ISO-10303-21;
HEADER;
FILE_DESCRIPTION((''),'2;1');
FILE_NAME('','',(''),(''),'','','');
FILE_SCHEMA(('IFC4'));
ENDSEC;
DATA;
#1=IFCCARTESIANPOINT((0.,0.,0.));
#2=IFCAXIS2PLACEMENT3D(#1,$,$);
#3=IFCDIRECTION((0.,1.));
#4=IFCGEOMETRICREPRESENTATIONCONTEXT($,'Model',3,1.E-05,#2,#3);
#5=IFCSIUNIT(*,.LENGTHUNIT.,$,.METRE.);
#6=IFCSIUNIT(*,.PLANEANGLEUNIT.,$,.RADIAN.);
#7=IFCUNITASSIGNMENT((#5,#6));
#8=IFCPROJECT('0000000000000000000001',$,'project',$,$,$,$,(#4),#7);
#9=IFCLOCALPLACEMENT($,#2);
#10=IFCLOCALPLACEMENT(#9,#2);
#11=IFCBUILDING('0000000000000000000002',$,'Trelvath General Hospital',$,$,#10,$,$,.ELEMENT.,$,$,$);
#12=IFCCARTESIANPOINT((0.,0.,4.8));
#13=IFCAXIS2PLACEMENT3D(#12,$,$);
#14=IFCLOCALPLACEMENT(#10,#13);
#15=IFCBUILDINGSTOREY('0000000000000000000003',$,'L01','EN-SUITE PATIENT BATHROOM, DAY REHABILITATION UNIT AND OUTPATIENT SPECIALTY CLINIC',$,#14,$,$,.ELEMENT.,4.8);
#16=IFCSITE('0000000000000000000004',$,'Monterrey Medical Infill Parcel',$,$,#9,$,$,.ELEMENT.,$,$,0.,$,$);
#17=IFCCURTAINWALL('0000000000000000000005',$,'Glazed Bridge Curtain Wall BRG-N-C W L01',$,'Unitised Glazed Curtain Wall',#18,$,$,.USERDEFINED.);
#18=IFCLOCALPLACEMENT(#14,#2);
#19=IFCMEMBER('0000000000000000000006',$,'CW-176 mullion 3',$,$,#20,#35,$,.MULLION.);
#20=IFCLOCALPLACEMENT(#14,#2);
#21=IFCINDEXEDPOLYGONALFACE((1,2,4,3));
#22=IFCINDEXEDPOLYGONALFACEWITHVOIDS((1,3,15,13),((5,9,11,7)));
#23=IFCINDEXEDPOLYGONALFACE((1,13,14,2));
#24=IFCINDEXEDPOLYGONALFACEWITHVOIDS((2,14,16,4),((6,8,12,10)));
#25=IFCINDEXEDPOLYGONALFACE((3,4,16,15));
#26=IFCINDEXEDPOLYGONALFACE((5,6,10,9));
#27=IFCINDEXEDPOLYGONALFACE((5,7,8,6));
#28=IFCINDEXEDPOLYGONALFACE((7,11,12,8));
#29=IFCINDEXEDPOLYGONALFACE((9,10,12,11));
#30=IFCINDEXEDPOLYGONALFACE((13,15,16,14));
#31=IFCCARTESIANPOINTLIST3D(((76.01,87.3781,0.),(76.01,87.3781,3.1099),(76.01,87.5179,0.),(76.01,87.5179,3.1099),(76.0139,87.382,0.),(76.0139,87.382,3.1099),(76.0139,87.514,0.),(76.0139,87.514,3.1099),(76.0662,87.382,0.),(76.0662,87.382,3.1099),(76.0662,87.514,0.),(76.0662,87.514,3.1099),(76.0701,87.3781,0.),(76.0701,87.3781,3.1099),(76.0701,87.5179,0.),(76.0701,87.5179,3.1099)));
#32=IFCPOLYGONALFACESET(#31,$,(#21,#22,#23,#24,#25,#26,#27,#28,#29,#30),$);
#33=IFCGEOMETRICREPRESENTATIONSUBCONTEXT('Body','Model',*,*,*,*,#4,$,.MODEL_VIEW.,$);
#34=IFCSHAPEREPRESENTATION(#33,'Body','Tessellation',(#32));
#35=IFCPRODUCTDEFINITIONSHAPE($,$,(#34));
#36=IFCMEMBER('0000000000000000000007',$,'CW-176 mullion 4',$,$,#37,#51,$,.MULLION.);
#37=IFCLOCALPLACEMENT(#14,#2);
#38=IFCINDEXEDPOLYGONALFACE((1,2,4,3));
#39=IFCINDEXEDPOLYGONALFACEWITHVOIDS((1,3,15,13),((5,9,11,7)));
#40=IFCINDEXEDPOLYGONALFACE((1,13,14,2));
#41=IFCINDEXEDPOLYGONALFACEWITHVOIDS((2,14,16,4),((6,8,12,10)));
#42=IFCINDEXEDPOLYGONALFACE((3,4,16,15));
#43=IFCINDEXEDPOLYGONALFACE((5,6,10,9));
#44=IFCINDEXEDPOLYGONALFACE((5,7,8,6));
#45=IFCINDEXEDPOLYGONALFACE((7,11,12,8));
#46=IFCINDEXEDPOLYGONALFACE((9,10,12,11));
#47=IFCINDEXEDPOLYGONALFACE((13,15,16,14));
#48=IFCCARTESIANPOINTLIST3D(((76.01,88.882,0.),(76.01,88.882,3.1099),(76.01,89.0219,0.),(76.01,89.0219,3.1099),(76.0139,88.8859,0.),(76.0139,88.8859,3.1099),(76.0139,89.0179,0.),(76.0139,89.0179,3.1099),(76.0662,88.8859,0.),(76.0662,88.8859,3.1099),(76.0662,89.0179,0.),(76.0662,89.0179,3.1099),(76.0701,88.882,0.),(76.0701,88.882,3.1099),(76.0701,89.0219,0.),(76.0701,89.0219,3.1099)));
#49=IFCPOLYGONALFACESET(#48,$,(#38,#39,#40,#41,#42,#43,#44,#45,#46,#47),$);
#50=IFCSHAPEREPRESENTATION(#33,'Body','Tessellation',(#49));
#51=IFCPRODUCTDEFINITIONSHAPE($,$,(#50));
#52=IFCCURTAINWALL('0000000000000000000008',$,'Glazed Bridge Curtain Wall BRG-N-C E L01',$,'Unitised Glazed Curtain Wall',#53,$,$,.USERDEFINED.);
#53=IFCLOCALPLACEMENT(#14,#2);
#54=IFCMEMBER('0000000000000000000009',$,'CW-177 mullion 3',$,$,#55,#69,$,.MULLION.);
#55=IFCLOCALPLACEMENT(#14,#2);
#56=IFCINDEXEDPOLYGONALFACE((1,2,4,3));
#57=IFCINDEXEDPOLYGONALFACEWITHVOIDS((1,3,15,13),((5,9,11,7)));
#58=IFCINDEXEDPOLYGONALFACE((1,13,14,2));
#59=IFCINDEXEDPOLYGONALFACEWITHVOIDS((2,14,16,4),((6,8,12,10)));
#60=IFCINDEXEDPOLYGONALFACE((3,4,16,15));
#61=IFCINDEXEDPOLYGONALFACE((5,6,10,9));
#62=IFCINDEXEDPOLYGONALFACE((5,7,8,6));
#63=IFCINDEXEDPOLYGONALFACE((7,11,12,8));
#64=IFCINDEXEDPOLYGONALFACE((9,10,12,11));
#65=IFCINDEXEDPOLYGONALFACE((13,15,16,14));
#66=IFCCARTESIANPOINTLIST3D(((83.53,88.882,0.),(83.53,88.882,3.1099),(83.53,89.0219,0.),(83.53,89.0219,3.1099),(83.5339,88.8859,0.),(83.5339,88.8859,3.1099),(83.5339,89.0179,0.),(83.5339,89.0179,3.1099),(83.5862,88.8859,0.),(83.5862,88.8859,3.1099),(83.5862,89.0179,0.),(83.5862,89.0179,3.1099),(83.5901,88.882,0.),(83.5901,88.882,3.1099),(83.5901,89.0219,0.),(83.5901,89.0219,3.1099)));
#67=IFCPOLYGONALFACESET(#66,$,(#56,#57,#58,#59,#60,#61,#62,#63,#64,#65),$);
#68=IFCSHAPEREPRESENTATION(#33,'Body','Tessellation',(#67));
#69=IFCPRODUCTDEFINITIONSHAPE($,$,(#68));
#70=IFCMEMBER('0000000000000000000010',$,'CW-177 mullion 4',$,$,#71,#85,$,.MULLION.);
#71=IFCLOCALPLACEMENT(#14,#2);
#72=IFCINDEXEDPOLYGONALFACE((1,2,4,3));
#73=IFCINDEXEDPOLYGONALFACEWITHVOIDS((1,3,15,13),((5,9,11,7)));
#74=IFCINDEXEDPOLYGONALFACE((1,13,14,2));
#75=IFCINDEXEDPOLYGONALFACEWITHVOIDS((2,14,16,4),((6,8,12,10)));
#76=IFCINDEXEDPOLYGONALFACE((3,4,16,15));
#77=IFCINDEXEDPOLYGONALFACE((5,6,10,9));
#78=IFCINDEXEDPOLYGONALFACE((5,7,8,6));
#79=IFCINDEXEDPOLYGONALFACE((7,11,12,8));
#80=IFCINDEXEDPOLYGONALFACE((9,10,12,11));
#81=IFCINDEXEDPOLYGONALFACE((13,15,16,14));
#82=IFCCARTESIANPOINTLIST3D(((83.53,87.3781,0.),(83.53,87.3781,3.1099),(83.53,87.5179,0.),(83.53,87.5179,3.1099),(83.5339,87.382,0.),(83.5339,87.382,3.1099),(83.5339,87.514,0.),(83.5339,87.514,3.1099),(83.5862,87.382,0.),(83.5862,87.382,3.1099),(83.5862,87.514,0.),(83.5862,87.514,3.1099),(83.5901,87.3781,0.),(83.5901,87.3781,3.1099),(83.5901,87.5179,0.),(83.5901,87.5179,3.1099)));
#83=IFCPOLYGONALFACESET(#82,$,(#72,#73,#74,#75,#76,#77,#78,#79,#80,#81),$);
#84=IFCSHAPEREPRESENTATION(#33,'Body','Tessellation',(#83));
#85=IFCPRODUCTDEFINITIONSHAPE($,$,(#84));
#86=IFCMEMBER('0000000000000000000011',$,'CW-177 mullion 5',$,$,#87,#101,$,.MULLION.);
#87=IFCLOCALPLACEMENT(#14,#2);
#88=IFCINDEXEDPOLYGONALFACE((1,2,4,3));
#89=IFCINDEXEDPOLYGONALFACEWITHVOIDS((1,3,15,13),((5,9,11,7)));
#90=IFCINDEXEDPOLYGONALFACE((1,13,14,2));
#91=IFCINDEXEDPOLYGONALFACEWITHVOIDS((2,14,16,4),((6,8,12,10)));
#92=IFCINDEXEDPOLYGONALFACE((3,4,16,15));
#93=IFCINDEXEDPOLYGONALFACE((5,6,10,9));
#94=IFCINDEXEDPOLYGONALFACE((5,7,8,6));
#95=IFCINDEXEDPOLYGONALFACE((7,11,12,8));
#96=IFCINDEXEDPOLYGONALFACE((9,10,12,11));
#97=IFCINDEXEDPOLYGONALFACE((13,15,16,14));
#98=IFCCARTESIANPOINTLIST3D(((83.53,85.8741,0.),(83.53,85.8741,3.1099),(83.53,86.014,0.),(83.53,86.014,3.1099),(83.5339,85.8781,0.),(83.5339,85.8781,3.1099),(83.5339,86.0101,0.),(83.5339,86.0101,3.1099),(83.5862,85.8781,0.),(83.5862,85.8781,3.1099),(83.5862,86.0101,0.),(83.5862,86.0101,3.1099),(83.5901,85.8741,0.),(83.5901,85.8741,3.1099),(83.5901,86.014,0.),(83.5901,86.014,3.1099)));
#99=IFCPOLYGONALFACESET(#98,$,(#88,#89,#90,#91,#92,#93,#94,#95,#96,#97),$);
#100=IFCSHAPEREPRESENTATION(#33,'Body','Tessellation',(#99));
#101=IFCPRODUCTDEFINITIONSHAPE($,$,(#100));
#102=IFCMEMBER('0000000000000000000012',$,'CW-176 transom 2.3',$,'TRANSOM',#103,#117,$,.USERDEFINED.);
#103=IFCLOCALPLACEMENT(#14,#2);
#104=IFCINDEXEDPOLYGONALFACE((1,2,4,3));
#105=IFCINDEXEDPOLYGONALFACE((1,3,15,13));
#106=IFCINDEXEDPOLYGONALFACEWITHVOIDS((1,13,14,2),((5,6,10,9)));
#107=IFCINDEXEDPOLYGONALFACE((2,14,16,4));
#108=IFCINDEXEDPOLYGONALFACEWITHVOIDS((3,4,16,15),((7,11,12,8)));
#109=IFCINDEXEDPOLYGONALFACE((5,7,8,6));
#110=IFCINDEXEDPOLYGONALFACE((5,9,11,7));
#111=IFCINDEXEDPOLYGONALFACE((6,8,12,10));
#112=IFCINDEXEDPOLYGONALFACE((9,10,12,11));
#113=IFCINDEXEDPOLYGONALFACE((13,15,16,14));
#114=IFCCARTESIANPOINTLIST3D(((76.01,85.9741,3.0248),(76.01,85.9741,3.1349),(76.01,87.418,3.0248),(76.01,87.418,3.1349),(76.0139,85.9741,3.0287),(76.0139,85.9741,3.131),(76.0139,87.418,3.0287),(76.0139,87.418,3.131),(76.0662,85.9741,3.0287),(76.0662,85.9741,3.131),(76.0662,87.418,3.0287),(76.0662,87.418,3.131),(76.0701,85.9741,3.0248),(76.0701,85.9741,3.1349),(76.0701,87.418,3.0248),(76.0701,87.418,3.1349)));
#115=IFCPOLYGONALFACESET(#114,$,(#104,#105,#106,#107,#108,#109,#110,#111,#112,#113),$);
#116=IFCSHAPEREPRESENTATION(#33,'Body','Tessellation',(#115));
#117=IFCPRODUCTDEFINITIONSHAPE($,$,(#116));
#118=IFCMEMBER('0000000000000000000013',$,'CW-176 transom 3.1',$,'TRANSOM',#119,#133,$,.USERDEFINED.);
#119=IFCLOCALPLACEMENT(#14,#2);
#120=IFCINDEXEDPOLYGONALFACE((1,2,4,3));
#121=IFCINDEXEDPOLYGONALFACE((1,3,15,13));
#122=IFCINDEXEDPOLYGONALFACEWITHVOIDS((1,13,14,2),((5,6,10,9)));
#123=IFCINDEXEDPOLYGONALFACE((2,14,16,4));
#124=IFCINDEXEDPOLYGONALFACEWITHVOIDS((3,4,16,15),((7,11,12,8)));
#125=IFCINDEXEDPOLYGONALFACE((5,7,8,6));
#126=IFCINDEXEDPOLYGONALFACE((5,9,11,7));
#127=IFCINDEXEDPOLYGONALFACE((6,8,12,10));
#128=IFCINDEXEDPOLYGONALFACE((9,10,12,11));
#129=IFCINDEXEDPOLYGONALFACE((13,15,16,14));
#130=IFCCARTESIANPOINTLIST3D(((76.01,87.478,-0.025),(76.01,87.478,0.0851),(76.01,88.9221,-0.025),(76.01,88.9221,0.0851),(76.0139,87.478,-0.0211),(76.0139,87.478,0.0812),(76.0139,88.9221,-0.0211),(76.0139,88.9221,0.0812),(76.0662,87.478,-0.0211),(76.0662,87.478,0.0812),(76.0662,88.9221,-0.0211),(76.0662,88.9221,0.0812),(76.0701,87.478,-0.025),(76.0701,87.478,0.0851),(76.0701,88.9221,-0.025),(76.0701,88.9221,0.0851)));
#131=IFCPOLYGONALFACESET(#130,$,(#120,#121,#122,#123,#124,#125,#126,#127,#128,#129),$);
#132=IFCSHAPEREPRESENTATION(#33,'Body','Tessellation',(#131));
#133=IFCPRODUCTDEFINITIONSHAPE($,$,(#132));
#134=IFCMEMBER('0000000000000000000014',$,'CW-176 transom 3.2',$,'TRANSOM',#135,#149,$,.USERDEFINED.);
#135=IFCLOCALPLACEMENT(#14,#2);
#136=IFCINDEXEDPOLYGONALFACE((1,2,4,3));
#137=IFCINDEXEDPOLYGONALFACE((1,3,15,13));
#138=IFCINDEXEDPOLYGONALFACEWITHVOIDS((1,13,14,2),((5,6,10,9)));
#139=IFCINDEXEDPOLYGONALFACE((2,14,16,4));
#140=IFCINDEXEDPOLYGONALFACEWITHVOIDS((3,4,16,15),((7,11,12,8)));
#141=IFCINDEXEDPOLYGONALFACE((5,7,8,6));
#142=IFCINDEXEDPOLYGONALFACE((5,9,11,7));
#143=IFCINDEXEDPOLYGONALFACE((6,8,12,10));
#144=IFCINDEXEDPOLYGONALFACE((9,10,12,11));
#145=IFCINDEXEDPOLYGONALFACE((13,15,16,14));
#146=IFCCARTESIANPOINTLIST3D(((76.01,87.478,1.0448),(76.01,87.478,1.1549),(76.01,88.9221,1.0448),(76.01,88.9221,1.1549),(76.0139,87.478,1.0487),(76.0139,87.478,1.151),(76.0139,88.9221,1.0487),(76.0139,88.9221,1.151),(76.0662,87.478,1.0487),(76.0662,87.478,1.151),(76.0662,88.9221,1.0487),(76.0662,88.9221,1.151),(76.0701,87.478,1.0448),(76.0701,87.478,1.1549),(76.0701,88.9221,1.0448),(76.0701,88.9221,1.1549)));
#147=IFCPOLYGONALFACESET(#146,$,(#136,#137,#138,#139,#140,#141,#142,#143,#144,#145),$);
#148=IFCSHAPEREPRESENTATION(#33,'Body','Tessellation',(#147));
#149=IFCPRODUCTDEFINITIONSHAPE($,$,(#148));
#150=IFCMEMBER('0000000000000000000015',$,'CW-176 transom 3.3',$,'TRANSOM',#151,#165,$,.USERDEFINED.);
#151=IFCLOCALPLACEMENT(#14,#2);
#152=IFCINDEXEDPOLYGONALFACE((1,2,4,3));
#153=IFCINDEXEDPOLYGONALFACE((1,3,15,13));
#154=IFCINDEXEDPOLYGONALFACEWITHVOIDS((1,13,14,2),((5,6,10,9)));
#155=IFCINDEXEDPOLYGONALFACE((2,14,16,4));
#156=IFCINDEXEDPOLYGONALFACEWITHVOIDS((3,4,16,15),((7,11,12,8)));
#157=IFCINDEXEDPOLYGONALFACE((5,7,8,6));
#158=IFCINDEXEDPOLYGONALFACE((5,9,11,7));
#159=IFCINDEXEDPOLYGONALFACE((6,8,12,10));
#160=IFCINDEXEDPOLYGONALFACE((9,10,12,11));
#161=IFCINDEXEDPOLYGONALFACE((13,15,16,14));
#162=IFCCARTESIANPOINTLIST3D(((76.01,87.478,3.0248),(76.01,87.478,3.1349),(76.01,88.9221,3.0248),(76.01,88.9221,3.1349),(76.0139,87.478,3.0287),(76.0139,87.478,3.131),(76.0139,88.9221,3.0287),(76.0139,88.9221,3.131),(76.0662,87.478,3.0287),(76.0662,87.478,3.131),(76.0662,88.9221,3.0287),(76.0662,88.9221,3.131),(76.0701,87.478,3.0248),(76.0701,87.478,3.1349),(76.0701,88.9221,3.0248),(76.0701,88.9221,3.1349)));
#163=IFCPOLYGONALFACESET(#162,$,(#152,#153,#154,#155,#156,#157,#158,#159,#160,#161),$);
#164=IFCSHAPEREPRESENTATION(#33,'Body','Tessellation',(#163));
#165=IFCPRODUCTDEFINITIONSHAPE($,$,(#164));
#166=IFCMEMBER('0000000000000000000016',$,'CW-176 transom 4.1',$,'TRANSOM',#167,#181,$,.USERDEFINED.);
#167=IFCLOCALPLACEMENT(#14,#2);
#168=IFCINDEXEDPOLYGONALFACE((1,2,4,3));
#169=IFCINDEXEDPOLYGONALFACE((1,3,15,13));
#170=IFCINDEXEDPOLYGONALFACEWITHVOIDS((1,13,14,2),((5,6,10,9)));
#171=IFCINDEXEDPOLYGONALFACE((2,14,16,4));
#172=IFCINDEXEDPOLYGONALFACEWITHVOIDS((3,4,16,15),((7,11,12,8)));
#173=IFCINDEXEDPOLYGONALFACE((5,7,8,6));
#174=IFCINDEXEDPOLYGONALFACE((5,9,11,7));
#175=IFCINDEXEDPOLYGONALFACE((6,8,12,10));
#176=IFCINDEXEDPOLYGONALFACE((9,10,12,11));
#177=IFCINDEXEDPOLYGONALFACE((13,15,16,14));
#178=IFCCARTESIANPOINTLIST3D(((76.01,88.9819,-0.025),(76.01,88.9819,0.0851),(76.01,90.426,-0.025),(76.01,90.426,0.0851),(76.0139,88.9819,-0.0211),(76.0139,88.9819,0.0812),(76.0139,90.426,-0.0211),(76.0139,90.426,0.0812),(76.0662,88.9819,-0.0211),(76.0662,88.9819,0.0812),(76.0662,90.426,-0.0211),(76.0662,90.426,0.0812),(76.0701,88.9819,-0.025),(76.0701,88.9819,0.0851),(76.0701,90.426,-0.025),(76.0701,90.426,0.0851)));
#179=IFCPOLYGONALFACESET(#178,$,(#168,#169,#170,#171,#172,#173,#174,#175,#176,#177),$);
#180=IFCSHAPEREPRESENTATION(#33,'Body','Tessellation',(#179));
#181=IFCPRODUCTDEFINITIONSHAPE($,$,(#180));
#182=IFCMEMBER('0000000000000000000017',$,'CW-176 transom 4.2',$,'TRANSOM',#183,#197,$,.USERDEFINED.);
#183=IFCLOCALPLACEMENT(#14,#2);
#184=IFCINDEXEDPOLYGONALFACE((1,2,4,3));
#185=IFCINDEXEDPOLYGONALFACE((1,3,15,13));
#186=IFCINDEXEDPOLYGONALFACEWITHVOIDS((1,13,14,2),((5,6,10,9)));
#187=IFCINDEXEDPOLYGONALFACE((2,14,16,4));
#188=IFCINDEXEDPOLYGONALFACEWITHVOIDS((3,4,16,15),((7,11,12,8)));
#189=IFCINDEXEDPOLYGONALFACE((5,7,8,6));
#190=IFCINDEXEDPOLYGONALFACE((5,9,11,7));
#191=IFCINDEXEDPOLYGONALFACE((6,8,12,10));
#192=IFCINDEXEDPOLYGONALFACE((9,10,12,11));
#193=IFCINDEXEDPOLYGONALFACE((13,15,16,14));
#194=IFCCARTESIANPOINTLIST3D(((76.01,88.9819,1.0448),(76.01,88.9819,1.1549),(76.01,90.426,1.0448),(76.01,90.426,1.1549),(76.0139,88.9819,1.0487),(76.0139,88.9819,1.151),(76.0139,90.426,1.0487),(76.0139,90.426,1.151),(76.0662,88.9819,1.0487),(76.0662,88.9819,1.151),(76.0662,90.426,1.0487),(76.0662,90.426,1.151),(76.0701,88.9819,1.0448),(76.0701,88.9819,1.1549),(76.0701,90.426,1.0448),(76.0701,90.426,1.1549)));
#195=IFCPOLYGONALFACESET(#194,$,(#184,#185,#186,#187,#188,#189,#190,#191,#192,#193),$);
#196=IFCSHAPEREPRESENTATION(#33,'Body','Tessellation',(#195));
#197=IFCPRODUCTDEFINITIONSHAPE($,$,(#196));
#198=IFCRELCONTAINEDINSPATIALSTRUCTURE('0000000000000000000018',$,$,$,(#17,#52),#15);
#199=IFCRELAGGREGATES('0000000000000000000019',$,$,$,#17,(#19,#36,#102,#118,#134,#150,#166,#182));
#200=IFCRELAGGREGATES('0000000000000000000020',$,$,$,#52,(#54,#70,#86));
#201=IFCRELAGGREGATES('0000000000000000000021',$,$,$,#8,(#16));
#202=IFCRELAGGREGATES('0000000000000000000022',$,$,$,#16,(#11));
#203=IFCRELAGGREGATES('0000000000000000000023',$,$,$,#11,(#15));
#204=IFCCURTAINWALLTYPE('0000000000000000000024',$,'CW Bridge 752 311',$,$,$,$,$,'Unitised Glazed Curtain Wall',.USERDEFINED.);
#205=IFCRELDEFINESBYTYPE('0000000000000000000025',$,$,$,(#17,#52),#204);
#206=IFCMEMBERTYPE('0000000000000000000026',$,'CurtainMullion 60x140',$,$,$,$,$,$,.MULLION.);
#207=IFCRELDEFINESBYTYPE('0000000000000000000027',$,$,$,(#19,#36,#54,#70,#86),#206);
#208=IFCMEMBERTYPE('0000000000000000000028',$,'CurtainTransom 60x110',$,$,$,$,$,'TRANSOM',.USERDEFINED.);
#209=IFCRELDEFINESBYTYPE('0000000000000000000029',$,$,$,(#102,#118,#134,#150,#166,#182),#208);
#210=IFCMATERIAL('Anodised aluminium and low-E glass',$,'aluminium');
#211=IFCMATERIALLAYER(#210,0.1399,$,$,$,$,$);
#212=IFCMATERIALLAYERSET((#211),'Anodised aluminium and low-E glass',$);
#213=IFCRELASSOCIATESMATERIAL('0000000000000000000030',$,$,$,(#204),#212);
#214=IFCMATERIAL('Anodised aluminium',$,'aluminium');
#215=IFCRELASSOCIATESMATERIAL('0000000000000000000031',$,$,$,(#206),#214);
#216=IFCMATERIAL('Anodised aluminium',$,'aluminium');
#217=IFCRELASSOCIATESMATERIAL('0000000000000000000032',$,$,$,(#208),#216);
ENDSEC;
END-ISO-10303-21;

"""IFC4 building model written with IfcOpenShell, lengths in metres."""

from ifc_helpers import new_model, si_unit, direction, frame, origin, origin_2d, place, context, subcontext, project, spatial, hollow_rectangle, extrude, material, layer, layer_set, material_profile, profile_set, type_object, element, aggregate, save


model = new_model("IFC4")

# Units and contexts
model_context = context("Model", 3, precision=1e-05, world=origin(), true_north=direction((0.0, 1.0)))
body_context = subcontext(model_context, "Body", "Model", "MODEL_VIEW")
ifc_project = project(units=[si_unit("LENGTHUNIT", "METRE"), si_unit("PLANEANGLEUNIT", "RADIAN")], contexts=[model_context])

# Site, building, storey
site_placement = place(None, origin())
site = spatial("IfcSite", under=ifc_project, at=site_placement, Name="Monterrey Medical Infill Parcel", CompositionType="ELEMENT", RefElevation=0.0)
building_placement = place(site_placement, origin())
building = spatial("IfcBuilding", under=site, at=building_placement, Name="Trelvath General Hospital", CompositionType="ELEMENT")
storey_placement = place(building_placement, frame((0.0, 0.0, 4.8)))
storey = spatial("IfcBuildingStorey", under=building, at=storey_placement, Name="L01", Description="EN-SUITE PATIENT BATHROOM, DAY REHABILITATION UNIT AND OUTPATIENT SPECIALTY CLINIC", CompositionType="ELEMENT", Elevation=4.8)

# Curtain walls, members
ifc_material_1 = material(Name="Anodised aluminium and low-E glass", Category="aluminium")
ifc_layer_1 = layer(ifc_material_1, 0.1399)
ifc_layer_set_1 = layer_set([ifc_layer_1], Name="Anodised aluminium and low-E glass")
curtain_wall_type = type_object("IfcCurtainWallType", Name="CW Bridge 752 311", ElementType="Unitised Glazed Curtain Wall", PredefinedType="USERDEFINED", material=ifc_layer_set_1)
curtain_wall_1_placement = place(storey_placement, origin())
curtain_wall_1 = element("IfcCurtainWall", 1, at=curtain_wall_1_placement, inside=storey, type_object=curtain_wall_type, Name="Glazed Bridge Curtain Wall BRG-N-C W L01", ObjectType="Unitised Glazed Curtain Wall", PredefinedType="USERDEFINED")
ifc_material_2 = material(Name="Anodised aluminium", Category="aluminium")
ifc_material_profile_1 = material_profile(ifc_material_2, hollow_rectangle(XDim=0.0601, YDim=0.1399, WallThickness=0.0039, at=origin_2d()), Name="RHS60x140x4")
ifc_profile_set_1 = profile_set([ifc_material_profile_1], Name="Anodised aluminium")
member_type_1 = type_object("IfcMemberType", Name="CurtainMullion 60x140", PredefinedType="MULLION", material=ifc_profile_set_1)
member_1_placement = place(storey_placement, frame((76.04, 87.448, 0.0), z_axis=(0.0, 0.0, 1.0), x_axis=(-1.0, 0.0, 0.0)))
member_1 = element("IfcMember", 2, at=member_1_placement, type_object=member_type_1, Name="CW-176 mullion 3", PredefinedType="MULLION", context=body_context, shape_type="SweptSolid", body=[
    extrude(hollow_rectangle(XDim=0.0601, YDim=0.1399, WallThickness=0.0039, at=origin_2d()), origin(), (0.0, 0.0, 1.0), 3.1099),
])
member_2_placement = place(storey_placement, frame((76.04, 88.9519, 0.0), z_axis=(0.0, 0.0, 1.0), x_axis=(-1.0, 0.0, 0.0)))
member_2 = element("IfcMember", 3, at=member_2_placement, type_object=member_type_1, Name="CW-176 mullion 4", PredefinedType="MULLION", context=body_context, shape_type="SweptSolid", body=[
    extrude(hollow_rectangle(XDim=0.0601, YDim=0.1399, WallThickness=0.0039, at=origin_2d()), origin(), (0.0, 0.0, 1.0), 3.1099),
])
curtain_wall_2_placement = place(storey_placement, origin())
curtain_wall_2 = element("IfcCurtainWall", 4, at=curtain_wall_2_placement, inside=storey, type_object=curtain_wall_type, Name="Glazed Bridge Curtain Wall BRG-N-C E L01", ObjectType="Unitised Glazed Curtain Wall", PredefinedType="USERDEFINED")
member_3_placement = place(storey_placement, frame((83.5601, 88.9519, 0.0), z_axis=(0.0, 0.0, 1.0), x_axis=(1.0, 0.0, 0.0)))
member_3 = element("IfcMember", 5, at=member_3_placement, type_object=member_type_1, Name="CW-177 mullion 3", PredefinedType="MULLION", context=body_context, shape_type="SweptSolid", body=[
    extrude(hollow_rectangle(XDim=0.0601, YDim=0.1399, WallThickness=0.0039, at=origin_2d()), origin(), (0.0, 0.0, 1.0), 3.1099),
])
member_4_placement = place(storey_placement, frame((83.5601, 87.448, 0.0), z_axis=(0.0, 0.0, 1.0), x_axis=(1.0, 0.0, 0.0)))
member_4 = element("IfcMember", 6, at=member_4_placement, type_object=member_type_1, Name="CW-177 mullion 4", PredefinedType="MULLION", context=body_context, shape_type="SweptSolid", body=[
    extrude(hollow_rectangle(XDim=0.0601, YDim=0.1399, WallThickness=0.0039, at=origin_2d()), origin(), (0.0, 0.0, 1.0), 3.1099),
])
member_5_placement = place(storey_placement, frame((83.5601, 85.9441, 0.0), z_axis=(0.0, 0.0, 1.0), x_axis=(1.0, 0.0, 0.0)))
member_5 = element("IfcMember", 7, at=member_5_placement, type_object=member_type_1, Name="CW-177 mullion 5", PredefinedType="MULLION", context=body_context, shape_type="SweptSolid", body=[
    extrude(hollow_rectangle(XDim=0.0601, YDim=0.1399, WallThickness=0.0039, at=origin_2d()), origin(), (0.0, 0.0, 1.0), 3.1099),
])

# Members
ifc_material_3 = material(Name="Anodised aluminium", Category="aluminium")
ifc_material_profile_2 = material_profile(ifc_material_3, hollow_rectangle(XDim=0.0601, YDim=0.1101, WallThickness=0.0039, at=origin_2d()), Name="RHS60x110x4")
ifc_profile_set_2 = profile_set([ifc_material_profile_2], Name="Anodised aluminium")
member_type_2 = type_object("IfcMemberType", Name="CurtainTransom 60x110", ElementType="TRANSOM", PredefinedType="USERDEFINED", material=ifc_profile_set_2)
member_6_placement = place(storey_placement, frame((76.04, 85.9741, 3.0798), z_axis=(0.0, 1.0, 0.0), x_axis=(-1.0, 0.0, 0.0)))
member_6 = element("IfcMember", 8, at=member_6_placement, type_object=member_type_2, Name="CW-176 transom 2.3", ObjectType="TRANSOM", PredefinedType="USERDEFINED", context=body_context, shape_type="SweptSolid", body=[
    extrude(hollow_rectangle(XDim=0.0601, YDim=0.1101, WallThickness=0.0039, at=origin_2d()), origin(), (0.0, 0.0, 1.0), 1.4438),
])
member_7_placement = place(storey_placement, frame((76.04, 87.478, 0.03), z_axis=(0.0, 1.0, 0.0), x_axis=(-1.0, 0.0, 0.0)))
member_7 = element("IfcMember", 9, at=member_7_placement, type_object=member_type_2, Name="CW-176 transom 3.1", ObjectType="TRANSOM", PredefinedType="USERDEFINED", context=body_context, shape_type="SweptSolid", body=[
    extrude(hollow_rectangle(XDim=0.0601, YDim=0.1101, WallThickness=0.0039, at=origin_2d()), origin(), (0.0, 0.0, 1.0), 1.4441),
])
member_8_placement = place(storey_placement, frame((76.04, 87.478, 1.0999), z_axis=(0.0, 1.0, 0.0), x_axis=(-1.0, 0.0, 0.0)))
member_8 = element("IfcMember", 10, at=member_8_placement, type_object=member_type_2, Name="CW-176 transom 3.2", ObjectType="TRANSOM", PredefinedType="USERDEFINED", context=body_context, shape_type="SweptSolid", body=[
    extrude(hollow_rectangle(XDim=0.0601, YDim=0.1101, WallThickness=0.0039, at=origin_2d()), origin(), (0.0, 0.0, 1.0), 1.4441),
])
member_9_placement = place(storey_placement, frame((76.04, 87.478, 3.0798), z_axis=(0.0, 1.0, 0.0), x_axis=(-1.0, 0.0, 0.0)))
member_9 = element("IfcMember", 11, at=member_9_placement, type_object=member_type_2, Name="CW-176 transom 3.3", ObjectType="TRANSOM", PredefinedType="USERDEFINED", context=body_context, shape_type="SweptSolid", body=[
    extrude(hollow_rectangle(XDim=0.0601, YDim=0.1101, WallThickness=0.0039, at=origin_2d()), origin(), (0.0, 0.0, 1.0), 1.4441),
])
member_10_placement = place(storey_placement, frame((76.04, 88.9819, 0.03), z_axis=(0.0, 1.0, 0.0), x_axis=(-1.0, 0.0, 0.0)))
member_10 = element("IfcMember", 12, at=member_10_placement, type_object=member_type_2, Name="CW-176 transom 4.1", ObjectType="TRANSOM", PredefinedType="USERDEFINED", context=body_context, shape_type="SweptSolid", body=[
    extrude(hollow_rectangle(XDim=0.0601, YDim=0.1101, WallThickness=0.0039, at=origin_2d()), origin(), (0.0, 0.0, 1.0), 1.4441),
])
member_11_placement = place(storey_placement, frame((76.04, 88.9819, 1.0999), z_axis=(0.0, 1.0, 0.0), x_axis=(-1.0, 0.0, 0.0)))
member_11 = element("IfcMember", 13, at=member_11_placement, type_object=member_type_2, Name="CW-176 transom 4.2", ObjectType="TRANSOM", PredefinedType="USERDEFINED", context=body_context, shape_type="SweptSolid", body=[
    extrude(hollow_rectangle(XDim=0.0601, YDim=0.1101, WallThickness=0.0039, at=origin_2d()), origin(), (0.0, 0.0, 1.0), 1.4441),
])

aggregate(curtain_wall_1, [member_1, member_2, member_6, member_7, member_8, member_9, member_10, member_11])
aggregate(curtain_wall_2, [member_3, member_4, member_5])

save(model, "model.ifc")
